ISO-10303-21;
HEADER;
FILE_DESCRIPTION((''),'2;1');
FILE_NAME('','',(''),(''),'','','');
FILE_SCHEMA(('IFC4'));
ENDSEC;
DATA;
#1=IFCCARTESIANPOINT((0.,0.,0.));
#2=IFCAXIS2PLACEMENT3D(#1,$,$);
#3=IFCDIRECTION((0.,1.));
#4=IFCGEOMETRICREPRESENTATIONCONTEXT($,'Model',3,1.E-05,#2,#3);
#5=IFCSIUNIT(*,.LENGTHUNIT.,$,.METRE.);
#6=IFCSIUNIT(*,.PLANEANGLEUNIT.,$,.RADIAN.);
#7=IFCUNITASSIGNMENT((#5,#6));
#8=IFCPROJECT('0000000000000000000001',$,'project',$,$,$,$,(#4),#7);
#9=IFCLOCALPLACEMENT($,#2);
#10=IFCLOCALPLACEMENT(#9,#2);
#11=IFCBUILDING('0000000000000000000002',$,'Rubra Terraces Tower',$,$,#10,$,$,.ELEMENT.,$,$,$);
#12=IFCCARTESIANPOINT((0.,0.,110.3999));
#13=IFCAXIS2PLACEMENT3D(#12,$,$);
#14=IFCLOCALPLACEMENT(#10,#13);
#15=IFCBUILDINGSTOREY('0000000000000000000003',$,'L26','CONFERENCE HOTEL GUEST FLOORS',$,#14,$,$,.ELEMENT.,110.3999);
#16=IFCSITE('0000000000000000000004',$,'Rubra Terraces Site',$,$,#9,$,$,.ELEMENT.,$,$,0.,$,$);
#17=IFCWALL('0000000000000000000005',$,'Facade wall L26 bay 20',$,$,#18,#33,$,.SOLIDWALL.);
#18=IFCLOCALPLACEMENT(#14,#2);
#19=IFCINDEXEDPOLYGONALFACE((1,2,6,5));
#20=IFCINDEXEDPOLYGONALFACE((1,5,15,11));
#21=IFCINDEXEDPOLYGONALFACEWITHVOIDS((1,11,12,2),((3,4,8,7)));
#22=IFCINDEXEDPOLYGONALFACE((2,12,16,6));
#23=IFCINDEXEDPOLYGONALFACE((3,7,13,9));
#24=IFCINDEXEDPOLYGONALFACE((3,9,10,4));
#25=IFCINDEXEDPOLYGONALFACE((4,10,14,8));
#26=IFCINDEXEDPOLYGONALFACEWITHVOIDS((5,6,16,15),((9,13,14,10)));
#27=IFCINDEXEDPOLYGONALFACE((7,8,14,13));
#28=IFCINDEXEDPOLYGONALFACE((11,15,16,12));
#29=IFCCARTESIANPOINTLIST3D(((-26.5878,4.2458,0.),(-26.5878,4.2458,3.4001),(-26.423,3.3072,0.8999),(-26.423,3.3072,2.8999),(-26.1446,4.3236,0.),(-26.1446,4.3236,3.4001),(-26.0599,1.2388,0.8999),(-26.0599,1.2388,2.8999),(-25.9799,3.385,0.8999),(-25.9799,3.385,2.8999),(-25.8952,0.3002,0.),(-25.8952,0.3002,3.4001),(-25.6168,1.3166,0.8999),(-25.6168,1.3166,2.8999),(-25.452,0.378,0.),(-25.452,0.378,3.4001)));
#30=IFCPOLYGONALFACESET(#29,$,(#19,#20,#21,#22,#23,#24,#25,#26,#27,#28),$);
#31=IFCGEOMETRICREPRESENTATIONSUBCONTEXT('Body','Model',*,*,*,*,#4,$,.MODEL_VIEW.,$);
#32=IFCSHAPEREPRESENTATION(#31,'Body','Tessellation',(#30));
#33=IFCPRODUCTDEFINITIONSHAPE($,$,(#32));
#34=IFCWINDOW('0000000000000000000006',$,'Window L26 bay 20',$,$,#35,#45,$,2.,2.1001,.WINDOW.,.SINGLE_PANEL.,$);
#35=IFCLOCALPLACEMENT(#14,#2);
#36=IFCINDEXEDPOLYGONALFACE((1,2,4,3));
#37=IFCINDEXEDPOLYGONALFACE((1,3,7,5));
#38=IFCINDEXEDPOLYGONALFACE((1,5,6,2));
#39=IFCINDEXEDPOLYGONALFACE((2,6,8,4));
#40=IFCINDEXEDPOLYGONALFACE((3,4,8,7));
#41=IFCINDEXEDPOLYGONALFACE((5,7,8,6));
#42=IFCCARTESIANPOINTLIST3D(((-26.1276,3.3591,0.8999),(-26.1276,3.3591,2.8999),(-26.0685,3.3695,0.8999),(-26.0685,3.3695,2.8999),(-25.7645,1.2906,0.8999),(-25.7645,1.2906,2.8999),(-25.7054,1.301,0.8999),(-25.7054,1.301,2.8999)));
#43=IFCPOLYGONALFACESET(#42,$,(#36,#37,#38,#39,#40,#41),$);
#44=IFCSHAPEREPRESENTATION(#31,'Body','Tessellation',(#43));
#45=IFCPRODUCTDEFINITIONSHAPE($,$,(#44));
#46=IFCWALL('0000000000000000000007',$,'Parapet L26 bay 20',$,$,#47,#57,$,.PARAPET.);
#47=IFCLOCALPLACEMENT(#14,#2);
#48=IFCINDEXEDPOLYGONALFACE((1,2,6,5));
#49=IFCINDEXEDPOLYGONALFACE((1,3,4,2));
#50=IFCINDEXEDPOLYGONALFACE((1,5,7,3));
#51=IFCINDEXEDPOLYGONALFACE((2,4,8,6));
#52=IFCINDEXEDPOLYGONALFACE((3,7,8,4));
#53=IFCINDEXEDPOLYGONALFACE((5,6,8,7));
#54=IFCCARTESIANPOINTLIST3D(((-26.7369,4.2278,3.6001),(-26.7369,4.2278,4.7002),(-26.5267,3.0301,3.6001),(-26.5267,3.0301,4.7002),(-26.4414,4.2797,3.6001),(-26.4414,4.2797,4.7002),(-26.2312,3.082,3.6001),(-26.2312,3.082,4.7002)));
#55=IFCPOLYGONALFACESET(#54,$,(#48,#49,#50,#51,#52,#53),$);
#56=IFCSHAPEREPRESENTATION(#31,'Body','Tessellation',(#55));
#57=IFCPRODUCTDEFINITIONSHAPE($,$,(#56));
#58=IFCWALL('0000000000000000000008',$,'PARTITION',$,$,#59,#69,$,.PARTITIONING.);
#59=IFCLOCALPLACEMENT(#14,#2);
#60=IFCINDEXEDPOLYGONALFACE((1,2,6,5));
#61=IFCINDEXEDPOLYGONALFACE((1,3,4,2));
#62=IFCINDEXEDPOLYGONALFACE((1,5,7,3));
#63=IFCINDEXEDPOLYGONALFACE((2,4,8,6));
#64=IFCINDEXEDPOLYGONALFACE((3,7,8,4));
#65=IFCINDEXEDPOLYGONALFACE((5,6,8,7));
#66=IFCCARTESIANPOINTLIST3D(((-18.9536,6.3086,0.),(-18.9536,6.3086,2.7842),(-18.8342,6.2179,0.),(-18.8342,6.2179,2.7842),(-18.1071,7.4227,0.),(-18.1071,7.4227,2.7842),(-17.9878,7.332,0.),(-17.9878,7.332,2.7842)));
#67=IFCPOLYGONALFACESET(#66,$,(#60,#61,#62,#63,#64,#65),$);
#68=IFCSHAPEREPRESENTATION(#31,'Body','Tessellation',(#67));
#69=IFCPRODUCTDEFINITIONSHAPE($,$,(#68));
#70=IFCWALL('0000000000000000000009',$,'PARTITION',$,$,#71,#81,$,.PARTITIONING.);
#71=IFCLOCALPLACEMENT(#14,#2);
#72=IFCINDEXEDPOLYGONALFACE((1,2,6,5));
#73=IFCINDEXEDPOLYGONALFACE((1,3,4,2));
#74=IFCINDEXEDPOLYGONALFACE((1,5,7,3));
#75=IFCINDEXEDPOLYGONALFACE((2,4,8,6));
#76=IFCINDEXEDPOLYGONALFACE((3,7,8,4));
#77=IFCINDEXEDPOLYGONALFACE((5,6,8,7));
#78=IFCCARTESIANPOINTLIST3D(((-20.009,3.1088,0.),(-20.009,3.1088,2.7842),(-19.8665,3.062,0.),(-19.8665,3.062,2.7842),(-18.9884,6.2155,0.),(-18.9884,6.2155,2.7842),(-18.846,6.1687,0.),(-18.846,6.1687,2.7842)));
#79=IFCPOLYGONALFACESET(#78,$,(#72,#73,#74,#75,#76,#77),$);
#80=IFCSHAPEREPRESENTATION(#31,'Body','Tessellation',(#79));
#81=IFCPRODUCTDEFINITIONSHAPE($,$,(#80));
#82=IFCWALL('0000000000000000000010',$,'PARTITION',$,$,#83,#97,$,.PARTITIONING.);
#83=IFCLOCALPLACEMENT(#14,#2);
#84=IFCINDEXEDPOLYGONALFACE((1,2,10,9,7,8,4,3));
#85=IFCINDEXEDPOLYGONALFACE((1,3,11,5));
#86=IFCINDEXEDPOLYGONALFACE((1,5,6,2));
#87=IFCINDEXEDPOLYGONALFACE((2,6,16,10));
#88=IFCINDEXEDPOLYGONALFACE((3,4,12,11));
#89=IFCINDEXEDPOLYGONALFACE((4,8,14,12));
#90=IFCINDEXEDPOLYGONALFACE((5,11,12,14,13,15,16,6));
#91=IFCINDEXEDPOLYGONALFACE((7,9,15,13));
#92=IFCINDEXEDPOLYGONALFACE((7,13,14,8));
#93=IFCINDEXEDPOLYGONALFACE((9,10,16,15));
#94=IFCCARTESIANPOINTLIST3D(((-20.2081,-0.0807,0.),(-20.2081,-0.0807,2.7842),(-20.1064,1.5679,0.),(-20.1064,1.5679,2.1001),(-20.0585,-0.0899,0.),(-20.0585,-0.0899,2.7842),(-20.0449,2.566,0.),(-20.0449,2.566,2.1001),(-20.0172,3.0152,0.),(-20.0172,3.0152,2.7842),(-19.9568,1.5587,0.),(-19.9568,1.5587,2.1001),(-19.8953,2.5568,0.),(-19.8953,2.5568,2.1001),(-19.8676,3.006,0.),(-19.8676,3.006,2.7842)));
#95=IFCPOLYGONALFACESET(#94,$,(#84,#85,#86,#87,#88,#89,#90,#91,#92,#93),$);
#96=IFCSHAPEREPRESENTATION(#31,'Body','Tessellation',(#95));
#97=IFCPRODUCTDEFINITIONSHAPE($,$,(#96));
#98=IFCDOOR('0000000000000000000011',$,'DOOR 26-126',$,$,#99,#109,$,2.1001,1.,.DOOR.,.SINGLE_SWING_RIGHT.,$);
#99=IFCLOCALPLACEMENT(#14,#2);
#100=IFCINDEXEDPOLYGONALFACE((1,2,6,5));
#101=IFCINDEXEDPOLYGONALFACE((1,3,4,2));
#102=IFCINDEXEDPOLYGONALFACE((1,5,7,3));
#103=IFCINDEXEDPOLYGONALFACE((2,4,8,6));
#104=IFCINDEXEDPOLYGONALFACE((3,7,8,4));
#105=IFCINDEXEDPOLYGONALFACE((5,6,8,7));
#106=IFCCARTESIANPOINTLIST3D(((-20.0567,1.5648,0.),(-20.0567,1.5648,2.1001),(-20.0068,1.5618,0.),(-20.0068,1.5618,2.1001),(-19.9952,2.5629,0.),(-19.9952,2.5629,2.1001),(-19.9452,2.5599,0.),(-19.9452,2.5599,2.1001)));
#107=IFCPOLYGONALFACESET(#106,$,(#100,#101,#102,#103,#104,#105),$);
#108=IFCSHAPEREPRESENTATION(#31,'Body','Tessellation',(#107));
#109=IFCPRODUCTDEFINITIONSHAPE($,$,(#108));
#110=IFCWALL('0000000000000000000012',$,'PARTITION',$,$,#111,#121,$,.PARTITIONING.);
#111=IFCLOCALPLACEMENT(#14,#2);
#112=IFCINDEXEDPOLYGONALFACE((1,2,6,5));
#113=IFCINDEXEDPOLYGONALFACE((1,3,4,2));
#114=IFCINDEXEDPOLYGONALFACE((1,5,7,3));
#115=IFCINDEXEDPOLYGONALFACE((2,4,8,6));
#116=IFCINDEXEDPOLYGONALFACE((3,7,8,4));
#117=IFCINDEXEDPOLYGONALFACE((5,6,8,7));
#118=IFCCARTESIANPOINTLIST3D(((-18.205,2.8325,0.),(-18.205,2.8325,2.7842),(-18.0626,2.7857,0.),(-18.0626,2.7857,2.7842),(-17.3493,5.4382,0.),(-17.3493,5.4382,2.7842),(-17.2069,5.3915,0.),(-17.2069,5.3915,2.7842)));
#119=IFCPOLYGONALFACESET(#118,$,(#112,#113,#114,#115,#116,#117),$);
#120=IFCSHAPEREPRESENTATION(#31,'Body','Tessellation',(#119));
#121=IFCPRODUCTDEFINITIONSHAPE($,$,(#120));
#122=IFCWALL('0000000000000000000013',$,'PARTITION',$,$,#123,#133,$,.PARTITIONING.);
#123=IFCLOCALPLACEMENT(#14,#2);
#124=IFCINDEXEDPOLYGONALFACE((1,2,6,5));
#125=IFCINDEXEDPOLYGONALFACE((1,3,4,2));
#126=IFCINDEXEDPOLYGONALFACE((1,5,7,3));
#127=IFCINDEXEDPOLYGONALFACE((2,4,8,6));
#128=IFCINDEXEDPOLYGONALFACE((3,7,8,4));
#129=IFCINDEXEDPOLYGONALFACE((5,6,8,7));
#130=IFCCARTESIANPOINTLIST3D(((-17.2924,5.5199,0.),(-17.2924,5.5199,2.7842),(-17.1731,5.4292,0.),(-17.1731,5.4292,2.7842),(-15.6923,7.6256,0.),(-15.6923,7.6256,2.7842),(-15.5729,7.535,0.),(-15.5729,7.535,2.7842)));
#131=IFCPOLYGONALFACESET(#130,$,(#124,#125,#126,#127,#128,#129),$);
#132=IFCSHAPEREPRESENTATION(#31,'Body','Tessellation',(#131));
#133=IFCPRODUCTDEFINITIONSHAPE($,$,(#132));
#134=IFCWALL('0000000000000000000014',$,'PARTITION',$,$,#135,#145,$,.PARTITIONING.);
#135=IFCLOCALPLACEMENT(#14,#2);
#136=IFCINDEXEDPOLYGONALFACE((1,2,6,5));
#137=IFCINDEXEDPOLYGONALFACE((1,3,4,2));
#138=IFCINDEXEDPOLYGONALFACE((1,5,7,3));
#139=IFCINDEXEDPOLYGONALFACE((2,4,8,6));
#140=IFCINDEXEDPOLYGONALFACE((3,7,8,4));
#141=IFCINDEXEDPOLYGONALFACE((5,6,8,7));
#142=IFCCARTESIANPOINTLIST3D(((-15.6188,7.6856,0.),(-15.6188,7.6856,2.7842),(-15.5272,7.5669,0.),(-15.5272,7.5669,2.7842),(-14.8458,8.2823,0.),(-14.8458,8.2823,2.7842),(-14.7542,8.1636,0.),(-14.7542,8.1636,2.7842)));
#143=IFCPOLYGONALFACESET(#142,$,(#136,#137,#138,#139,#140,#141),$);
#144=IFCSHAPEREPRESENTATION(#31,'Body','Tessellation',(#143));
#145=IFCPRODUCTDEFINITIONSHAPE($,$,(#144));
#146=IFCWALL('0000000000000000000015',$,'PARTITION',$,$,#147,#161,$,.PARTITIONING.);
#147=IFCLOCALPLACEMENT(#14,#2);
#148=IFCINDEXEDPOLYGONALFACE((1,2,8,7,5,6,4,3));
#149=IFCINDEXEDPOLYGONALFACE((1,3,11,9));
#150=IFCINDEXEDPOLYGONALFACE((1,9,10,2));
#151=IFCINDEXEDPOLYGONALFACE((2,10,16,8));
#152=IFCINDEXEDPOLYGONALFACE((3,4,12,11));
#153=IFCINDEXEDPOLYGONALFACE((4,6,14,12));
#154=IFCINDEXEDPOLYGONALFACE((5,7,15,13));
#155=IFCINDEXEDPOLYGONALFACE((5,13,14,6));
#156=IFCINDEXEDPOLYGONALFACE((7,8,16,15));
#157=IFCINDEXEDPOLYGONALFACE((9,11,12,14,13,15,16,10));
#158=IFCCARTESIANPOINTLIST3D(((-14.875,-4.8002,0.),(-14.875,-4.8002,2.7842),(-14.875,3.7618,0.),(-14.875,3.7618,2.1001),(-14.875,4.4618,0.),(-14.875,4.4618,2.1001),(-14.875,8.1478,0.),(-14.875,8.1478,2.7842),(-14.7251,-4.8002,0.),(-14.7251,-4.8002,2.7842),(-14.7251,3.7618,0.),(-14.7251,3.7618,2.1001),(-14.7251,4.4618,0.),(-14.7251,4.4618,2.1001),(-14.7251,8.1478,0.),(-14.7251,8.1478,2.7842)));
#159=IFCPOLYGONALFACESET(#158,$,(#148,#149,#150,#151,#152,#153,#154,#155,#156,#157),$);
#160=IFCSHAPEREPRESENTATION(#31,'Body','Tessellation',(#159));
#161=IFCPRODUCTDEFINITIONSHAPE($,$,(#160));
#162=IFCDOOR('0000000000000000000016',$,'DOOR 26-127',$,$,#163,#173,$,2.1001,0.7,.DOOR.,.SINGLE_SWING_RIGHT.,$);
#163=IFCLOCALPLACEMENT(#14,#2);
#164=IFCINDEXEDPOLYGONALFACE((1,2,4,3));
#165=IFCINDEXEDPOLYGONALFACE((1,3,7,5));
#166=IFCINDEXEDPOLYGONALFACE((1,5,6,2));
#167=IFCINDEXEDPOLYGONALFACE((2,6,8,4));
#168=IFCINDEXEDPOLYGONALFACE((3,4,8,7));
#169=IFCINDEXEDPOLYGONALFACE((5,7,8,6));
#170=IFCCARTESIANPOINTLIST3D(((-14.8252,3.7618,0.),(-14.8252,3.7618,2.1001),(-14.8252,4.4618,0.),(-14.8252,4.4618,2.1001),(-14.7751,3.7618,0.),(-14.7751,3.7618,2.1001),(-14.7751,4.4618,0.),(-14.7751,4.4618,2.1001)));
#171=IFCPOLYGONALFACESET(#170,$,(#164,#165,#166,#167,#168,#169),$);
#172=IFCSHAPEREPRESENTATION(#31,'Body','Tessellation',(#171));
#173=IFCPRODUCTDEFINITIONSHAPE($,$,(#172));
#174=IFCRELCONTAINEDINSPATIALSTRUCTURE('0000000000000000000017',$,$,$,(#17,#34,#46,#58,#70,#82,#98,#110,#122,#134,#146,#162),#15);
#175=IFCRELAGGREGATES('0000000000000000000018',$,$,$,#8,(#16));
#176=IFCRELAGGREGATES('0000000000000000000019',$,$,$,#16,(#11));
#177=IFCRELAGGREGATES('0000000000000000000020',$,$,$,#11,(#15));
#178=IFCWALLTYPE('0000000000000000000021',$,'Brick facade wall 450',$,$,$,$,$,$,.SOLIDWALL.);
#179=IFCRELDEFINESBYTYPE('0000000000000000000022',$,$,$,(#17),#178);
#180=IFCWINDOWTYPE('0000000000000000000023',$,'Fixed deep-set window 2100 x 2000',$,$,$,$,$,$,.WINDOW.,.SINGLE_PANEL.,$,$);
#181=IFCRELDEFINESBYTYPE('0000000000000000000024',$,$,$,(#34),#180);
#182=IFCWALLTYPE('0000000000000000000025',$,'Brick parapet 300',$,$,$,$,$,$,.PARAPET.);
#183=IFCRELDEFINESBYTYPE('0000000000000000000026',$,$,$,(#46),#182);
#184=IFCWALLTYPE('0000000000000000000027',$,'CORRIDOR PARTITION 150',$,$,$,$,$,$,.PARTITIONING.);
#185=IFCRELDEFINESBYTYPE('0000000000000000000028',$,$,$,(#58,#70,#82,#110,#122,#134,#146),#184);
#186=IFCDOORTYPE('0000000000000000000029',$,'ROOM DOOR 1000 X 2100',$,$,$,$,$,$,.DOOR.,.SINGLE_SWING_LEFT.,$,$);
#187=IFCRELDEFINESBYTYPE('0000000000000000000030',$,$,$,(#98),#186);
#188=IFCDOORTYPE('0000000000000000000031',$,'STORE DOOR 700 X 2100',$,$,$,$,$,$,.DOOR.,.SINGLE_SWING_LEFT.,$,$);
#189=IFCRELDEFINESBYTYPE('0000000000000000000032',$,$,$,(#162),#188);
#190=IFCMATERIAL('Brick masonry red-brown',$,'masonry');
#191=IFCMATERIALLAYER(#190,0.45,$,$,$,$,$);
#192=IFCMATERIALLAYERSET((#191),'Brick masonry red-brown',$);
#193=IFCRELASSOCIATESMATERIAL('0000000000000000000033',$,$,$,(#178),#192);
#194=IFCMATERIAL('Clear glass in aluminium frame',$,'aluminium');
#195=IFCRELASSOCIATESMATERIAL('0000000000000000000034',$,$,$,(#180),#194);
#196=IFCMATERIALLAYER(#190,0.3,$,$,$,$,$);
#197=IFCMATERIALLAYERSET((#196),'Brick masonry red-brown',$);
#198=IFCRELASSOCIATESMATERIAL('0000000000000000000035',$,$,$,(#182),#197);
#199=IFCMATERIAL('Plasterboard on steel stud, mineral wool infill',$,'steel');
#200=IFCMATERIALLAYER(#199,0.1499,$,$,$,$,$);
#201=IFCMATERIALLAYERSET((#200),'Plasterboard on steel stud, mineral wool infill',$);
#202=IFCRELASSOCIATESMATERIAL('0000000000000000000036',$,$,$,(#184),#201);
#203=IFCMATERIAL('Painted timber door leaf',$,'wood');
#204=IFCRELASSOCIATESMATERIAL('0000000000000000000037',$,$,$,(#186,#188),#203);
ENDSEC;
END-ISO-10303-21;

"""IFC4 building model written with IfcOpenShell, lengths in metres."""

from ifc_helpers import new_model, si_unit, direction, frame, frame_2d, origin, place, context, subcontext, project, spatial, rectangle, extrude, material, layer, layer_set, type_object, element, fill, save


model = new_model("IFC4")

# Units and contexts
model_context = context("Model", 3, precision=1e-05, world=origin(), true_north=direction((0.0, 1.0)))
body_context = subcontext(model_context, "Body", "Model", "MODEL_VIEW")
ifc_project = project(units=[si_unit("LENGTHUNIT", "METRE"), si_unit("PLANEANGLEUNIT", "RADIAN")], contexts=[model_context])

# Site, building, storey
site_placement = place(None, origin())
site = spatial("IfcSite", under=ifc_project, at=site_placement, Name="Rubra Terraces Site", CompositionType="ELEMENT", RefElevation=0.0)
building_placement = place(site_placement, origin())
building = spatial("IfcBuilding", under=site, at=building_placement, Name="Rubra Terraces Tower", CompositionType="ELEMENT")
storey_placement = place(building_placement, frame((0.0, 0.0, 110.3999)))
storey = spatial("IfcBuildingStorey", under=building, at=storey_placement, Name="L26", Description="CONFERENCE HOTEL GUEST FLOORS", CompositionType="ELEMENT", Elevation=110.3999)

# Wall, opening, window
ifc_material_1 = material(Name="Brick masonry red-brown", Category="masonry")
ifc_layer_1 = layer(ifc_material_1, 0.45)
ifc_layer_set_1 = layer_set([ifc_layer_1], Name="Brick masonry red-brown")
wall_type_1 = type_object("IfcWallType", Name="Brick facade wall 450", PredefinedType="SOLIDWALL", material=ifc_layer_set_1)
wall_1_placement = place(storey_placement, frame((-26.3662, 4.2847, 0.0), z_axis=(0.0, 0.0, 1.0), x_axis=(0.172902, -0.984939, 0.0)))
wall_1 = element("IfcWall", 1, at=wall_1_placement, inside=storey, type_object=wall_type_1, Name="Facade wall L26 bay 20", PredefinedType="SOLIDWALL", context=body_context, shape_type="SweptSolid", body=[
    extrude(rectangle(XDim=4.0059, YDim=0.45, at=frame_2d((2.0029, 0.0))), origin(), (0.0, 0.0, 1.0), 3.4001),
])
opening_1_placement = place(wall_1_placement, frame((0.9529, 0.0, 0.8999)))
opening_1 = element("IfcOpeningElement", 2, at=opening_1_placement, cuts=wall_1, PredefinedType="OPENING", context=body_context, shape_type="SweptSolid", body=[
    extrude(rectangle(XDim=2.1001, YDim=2.0, at=frame_2d((1.05, 1.0))), frame((0.0, 0.2349, 0.0), z_axis=(0.0, -1.0, 0.0), x_axis=(1.0, 0.0, 0.0)), (0.0, 0.0, 1.0), 0.47),
])
ifc_material_2 = material(Name="Clear glass in aluminium frame", Category="aluminium")
window_type = type_object("IfcWindowType", Name="Fixed deep-set window 2100 x 2000", PartitioningType="SINGLE_PANEL", PredefinedType="WINDOW", material=ifc_material_2)
window_placement = place(opening_1_placement, origin())
window = element("IfcWindow", 3, at=window_placement, inside=storey, type_object=window_type, Name="Window L26 bay 20", OverallHeight=2.0, OverallWidth=2.1001, PartitioningType="SINGLE_PANEL", PredefinedType="WINDOW", context=body_context, shape_type="SweptSolid", body=[
    extrude(rectangle(XDim=2.1001, YDim=2.0, at=frame_2d((1.05, 1.0))), frame((0.0, 0.135, 0.0), z_axis=(0.0, -1.0, 0.0), x_axis=(1.0, 0.0, 0.0)), (0.0, 0.0, 1.0), 0.0601),
])
fill(opening_1, window)

# Walls
ifc_layer_2 = layer(ifc_material_1, 0.3)
ifc_layer_set_2 = layer_set([ifc_layer_2], Name="Brick masonry red-brown")
wall_type_2 = type_object("IfcWallType", Name="Brick parapet 300", PredefinedType="PARAPET", material=ifc_layer_set_2)
wall_2_placement = place(storey_placement, frame((-26.5891, 4.2537, 3.6001), z_axis=(0.0, 0.0, 1.0), x_axis=(0.172858, -0.984947, 0.0)))
element("IfcWall", 4, at=wall_2_placement, inside=storey, type_object=wall_type_2, Name="Parapet L26 bay 20", PredefinedType="PARAPET", context=body_context, shape_type="SweptSolid", body=[
    extrude(rectangle(XDim=1.2161, YDim=0.3, at=frame_2d((0.6079, 0.0))), origin(), (0.0, 0.0, 1.0), 1.1001),
])
ifc_material_3 = material(Name="Plasterboard on steel stud, mineral wool infill", Category="steel")
ifc_layer_3 = layer(ifc_material_3, 0.1499)
ifc_layer_set_3 = layer_set([ifc_layer_3], Name="Plasterboard on steel stud, mineral wool infill")
wall_type_3 = type_object("IfcWallType", Name="CORRIDOR PARTITION 150", PredefinedType="PARTITIONING", material=ifc_layer_set_3)
wall_3_placement = place(storey_placement, frame((-18.0474, 7.3774, 0.0), z_axis=(0.0, 0.0, 1.0), x_axis=(-0.604986, -0.796236, 0.0)))
element("IfcWall", 5, at=wall_3_placement, inside=storey, type_object=wall_type_3, Name="PARTITION", PredefinedType="PARTITIONING", context=body_context, shape_type="SweptSolid", body=[
    extrude(rectangle(XDim=1.3992, YDim=0.1499, at=frame_2d((0.6997, 0.0))), origin(), (0.0, 0.0, 1.0), 2.7842),
])
wall_4_placement = place(storey_placement, frame((-18.9172, 6.1921, 0.0), z_axis=(0.0, 0.0, 1.0), x_axis=(-0.312081, -0.950055, 0.0)))
element("IfcWall", 6, at=wall_4_placement, inside=storey, type_object=wall_type_3, Name="PARTITION", PredefinedType="PARTITIONING", context=body_context, shape_type="SweptSolid", body=[
    extrude(rectangle(XDim=3.27, YDim=0.1499, at=frame_2d((1.635, 0.0))), origin(), (0.0, 0.0, 1.0), 2.7842),
])

# Wall, opening, door
wall_5_placement = place(storey_placement, frame((-19.9424, 3.0105, 0.0), z_axis=(0.0, 0.0, 1.0), x_axis=(-0.06155, -0.998104, 0.0)))
wall_5 = element("IfcWall", 7, at=wall_5_placement, inside=storey, type_object=wall_type_3, Name="PARTITION", PredefinedType="PARTITIONING", context=body_context, shape_type="SweptSolid", body=[
    extrude(rectangle(XDim=3.1018, YDim=0.1499, at=frame_2d((1.5508, 0.0))), origin(), (0.0, 0.0, 1.0), 2.7842),
])
opening_2_placement = place(wall_5_placement, frame((0.45, 0.0, 0.0)))
opening_2 = element("IfcOpeningElement", 8, at=opening_2_placement, cuts=wall_5, PredefinedType="OPENING", context=body_context, shape_type="SweptSolid", body=[
    extrude(rectangle(XDim=1.0, YDim=2.1001, at=frame_2d((0.5, 1.05))), frame((0.0, 0.085, 0.0), z_axis=(0.0, -1.0, 0.0), x_axis=(1.0, 0.0, 0.0)), (0.0, 0.0, 1.0), 0.1699),
])
ifc_material_4 = material(Name="Painted timber door leaf", Category="wood")
door_type_1 = type_object("IfcDoorType", Name="ROOM DOOR 1000 X 2100", OperationType="SINGLE_SWING_LEFT", PredefinedType="DOOR", material=ifc_material_4)
door_1_placement = place(opening_2_placement, origin())
door_1 = element("IfcDoor", 9, at=door_1_placement, inside=storey, type_object=door_type_1, Name="DOOR 26-126", OperationType="SINGLE_SWING_RIGHT", OverallHeight=2.1001, OverallWidth=1.0, PredefinedType="DOOR", context=body_context, shape_type="SweptSolid", body=[
    extrude(rectangle(XDim=1.0, YDim=2.1001, at=frame_2d((0.5, 1.05))), frame((0.0, 0.0249, 0.0), z_axis=(0.0, -1.0, 0.0), x_axis=(1.0, 0.0, 0.0)), (0.0, 0.0, 1.0), 0.05),
])
fill(opening_2, door_1)

# Walls
wall_6_placement = place(storey_placement, frame((-18.1338, 2.8091, 0.0), z_axis=(0.0, 0.0, 1.0), x_axis=(0.312005, 0.95008, 0.0)))
element("IfcWall", 10, at=wall_6_placement, inside=storey, type_object=wall_type_3, Name="PARTITION", PredefinedType="PARTITIONING", context=body_context, shape_type="SweptSolid", body=[
    extrude(rectangle(XDim=2.7427, YDim=0.1499, at=frame_2d((1.3713, 0.0))), origin(), (0.0, 0.0, 1.0), 2.7842),
])
wall_7_placement = place(storey_placement, frame((-17.2327, 5.4746, 0.0), z_axis=(0.0, 0.0, 1.0), x_axis=(0.605025, 0.796207, 0.0)))
element("IfcWall", 11, at=wall_7_placement, inside=storey, type_object=wall_type_3, Name="PARTITION", PredefinedType="PARTITIONING", context=body_context, shape_type="SweptSolid", body=[
    extrude(rectangle(XDim=2.6448, YDim=0.1499, at=frame_2d((1.3223, 0.0))), origin(), (0.0, 0.0, 1.0), 2.7842),
])
wall_8_placement = place(storey_placement, frame((-15.573, 7.6262, 0.0), z_axis=(0.0, 0.0, 1.0), x_axis=(0.791582, 0.611063, 0.0)))
element("IfcWall", 12, at=wall_8_placement, inside=storey, type_object=wall_type_3, Name="PARTITION", PredefinedType="PARTITIONING", context=body_context, shape_type="SweptSolid", body=[
    extrude(rectangle(XDim=0.9766, YDim=0.1499, at=frame_2d((0.4883, 0.0))), origin(), (0.0, 0.0, 1.0), 2.7842),
])

# Wall, opening, door
wall_9_placement = place(storey_placement, frame((-14.8, 8.1479, 0.0), z_axis=(0.0, 0.0, 1.0), x_axis=(0.0, -1.0, 0.0)))
wall_9 = element("IfcWall", 13, at=wall_9_placement, inside=storey, type_object=wall_type_3, Name="PARTITION", PredefinedType="PARTITIONING", context=body_context, shape_type="SweptSolid", body=[
    extrude(rectangle(XDim=12.948, YDim=0.1499, at=frame_2d((6.4741, 0.0))), origin(), (0.0, 0.0, 1.0), 2.7842),
])
opening_3_placement = place(wall_9_placement, frame((3.686, 0.0, 0.0)))
opening_3 = element("IfcOpeningElement", 14, at=opening_3_placement, cuts=wall_9, PredefinedType="OPENING", context=body_context, shape_type="SweptSolid", body=[
    extrude(rectangle(XDim=0.7, YDim=2.1001, at=frame_2d((0.3501, 1.05))), frame((0.0, 0.085, 0.0), z_axis=(0.0, -1.0, 0.0), x_axis=(1.0, 0.0, 0.0)), (0.0, 0.0, 1.0), 0.1699),
])
door_type_2 = type_object("IfcDoorType", Name="STORE DOOR 700 X 2100", OperationType="SINGLE_SWING_LEFT", PredefinedType="DOOR", material=ifc_material_4)
door_2_placement = place(opening_3_placement, origin())
door_2 = element("IfcDoor", 15, at=door_2_placement, inside=storey, type_object=door_type_2, Name="DOOR 26-127", OperationType="SINGLE_SWING_RIGHT", OverallHeight=2.1001, OverallWidth=0.7, PredefinedType="DOOR", context=body_context, shape_type="SweptSolid", body=[
    extrude(rectangle(XDim=0.7, YDim=2.1001, at=frame_2d((0.3501, 1.05))), frame((0.0, 0.0249, 0.0), z_axis=(0.0, -1.0, 0.0), x_axis=(1.0, 0.0, 0.0)), (0.0, 0.0, 1.0), 0.05),
])
fill(opening_3, door_2)

save(model, "model.ifc")
